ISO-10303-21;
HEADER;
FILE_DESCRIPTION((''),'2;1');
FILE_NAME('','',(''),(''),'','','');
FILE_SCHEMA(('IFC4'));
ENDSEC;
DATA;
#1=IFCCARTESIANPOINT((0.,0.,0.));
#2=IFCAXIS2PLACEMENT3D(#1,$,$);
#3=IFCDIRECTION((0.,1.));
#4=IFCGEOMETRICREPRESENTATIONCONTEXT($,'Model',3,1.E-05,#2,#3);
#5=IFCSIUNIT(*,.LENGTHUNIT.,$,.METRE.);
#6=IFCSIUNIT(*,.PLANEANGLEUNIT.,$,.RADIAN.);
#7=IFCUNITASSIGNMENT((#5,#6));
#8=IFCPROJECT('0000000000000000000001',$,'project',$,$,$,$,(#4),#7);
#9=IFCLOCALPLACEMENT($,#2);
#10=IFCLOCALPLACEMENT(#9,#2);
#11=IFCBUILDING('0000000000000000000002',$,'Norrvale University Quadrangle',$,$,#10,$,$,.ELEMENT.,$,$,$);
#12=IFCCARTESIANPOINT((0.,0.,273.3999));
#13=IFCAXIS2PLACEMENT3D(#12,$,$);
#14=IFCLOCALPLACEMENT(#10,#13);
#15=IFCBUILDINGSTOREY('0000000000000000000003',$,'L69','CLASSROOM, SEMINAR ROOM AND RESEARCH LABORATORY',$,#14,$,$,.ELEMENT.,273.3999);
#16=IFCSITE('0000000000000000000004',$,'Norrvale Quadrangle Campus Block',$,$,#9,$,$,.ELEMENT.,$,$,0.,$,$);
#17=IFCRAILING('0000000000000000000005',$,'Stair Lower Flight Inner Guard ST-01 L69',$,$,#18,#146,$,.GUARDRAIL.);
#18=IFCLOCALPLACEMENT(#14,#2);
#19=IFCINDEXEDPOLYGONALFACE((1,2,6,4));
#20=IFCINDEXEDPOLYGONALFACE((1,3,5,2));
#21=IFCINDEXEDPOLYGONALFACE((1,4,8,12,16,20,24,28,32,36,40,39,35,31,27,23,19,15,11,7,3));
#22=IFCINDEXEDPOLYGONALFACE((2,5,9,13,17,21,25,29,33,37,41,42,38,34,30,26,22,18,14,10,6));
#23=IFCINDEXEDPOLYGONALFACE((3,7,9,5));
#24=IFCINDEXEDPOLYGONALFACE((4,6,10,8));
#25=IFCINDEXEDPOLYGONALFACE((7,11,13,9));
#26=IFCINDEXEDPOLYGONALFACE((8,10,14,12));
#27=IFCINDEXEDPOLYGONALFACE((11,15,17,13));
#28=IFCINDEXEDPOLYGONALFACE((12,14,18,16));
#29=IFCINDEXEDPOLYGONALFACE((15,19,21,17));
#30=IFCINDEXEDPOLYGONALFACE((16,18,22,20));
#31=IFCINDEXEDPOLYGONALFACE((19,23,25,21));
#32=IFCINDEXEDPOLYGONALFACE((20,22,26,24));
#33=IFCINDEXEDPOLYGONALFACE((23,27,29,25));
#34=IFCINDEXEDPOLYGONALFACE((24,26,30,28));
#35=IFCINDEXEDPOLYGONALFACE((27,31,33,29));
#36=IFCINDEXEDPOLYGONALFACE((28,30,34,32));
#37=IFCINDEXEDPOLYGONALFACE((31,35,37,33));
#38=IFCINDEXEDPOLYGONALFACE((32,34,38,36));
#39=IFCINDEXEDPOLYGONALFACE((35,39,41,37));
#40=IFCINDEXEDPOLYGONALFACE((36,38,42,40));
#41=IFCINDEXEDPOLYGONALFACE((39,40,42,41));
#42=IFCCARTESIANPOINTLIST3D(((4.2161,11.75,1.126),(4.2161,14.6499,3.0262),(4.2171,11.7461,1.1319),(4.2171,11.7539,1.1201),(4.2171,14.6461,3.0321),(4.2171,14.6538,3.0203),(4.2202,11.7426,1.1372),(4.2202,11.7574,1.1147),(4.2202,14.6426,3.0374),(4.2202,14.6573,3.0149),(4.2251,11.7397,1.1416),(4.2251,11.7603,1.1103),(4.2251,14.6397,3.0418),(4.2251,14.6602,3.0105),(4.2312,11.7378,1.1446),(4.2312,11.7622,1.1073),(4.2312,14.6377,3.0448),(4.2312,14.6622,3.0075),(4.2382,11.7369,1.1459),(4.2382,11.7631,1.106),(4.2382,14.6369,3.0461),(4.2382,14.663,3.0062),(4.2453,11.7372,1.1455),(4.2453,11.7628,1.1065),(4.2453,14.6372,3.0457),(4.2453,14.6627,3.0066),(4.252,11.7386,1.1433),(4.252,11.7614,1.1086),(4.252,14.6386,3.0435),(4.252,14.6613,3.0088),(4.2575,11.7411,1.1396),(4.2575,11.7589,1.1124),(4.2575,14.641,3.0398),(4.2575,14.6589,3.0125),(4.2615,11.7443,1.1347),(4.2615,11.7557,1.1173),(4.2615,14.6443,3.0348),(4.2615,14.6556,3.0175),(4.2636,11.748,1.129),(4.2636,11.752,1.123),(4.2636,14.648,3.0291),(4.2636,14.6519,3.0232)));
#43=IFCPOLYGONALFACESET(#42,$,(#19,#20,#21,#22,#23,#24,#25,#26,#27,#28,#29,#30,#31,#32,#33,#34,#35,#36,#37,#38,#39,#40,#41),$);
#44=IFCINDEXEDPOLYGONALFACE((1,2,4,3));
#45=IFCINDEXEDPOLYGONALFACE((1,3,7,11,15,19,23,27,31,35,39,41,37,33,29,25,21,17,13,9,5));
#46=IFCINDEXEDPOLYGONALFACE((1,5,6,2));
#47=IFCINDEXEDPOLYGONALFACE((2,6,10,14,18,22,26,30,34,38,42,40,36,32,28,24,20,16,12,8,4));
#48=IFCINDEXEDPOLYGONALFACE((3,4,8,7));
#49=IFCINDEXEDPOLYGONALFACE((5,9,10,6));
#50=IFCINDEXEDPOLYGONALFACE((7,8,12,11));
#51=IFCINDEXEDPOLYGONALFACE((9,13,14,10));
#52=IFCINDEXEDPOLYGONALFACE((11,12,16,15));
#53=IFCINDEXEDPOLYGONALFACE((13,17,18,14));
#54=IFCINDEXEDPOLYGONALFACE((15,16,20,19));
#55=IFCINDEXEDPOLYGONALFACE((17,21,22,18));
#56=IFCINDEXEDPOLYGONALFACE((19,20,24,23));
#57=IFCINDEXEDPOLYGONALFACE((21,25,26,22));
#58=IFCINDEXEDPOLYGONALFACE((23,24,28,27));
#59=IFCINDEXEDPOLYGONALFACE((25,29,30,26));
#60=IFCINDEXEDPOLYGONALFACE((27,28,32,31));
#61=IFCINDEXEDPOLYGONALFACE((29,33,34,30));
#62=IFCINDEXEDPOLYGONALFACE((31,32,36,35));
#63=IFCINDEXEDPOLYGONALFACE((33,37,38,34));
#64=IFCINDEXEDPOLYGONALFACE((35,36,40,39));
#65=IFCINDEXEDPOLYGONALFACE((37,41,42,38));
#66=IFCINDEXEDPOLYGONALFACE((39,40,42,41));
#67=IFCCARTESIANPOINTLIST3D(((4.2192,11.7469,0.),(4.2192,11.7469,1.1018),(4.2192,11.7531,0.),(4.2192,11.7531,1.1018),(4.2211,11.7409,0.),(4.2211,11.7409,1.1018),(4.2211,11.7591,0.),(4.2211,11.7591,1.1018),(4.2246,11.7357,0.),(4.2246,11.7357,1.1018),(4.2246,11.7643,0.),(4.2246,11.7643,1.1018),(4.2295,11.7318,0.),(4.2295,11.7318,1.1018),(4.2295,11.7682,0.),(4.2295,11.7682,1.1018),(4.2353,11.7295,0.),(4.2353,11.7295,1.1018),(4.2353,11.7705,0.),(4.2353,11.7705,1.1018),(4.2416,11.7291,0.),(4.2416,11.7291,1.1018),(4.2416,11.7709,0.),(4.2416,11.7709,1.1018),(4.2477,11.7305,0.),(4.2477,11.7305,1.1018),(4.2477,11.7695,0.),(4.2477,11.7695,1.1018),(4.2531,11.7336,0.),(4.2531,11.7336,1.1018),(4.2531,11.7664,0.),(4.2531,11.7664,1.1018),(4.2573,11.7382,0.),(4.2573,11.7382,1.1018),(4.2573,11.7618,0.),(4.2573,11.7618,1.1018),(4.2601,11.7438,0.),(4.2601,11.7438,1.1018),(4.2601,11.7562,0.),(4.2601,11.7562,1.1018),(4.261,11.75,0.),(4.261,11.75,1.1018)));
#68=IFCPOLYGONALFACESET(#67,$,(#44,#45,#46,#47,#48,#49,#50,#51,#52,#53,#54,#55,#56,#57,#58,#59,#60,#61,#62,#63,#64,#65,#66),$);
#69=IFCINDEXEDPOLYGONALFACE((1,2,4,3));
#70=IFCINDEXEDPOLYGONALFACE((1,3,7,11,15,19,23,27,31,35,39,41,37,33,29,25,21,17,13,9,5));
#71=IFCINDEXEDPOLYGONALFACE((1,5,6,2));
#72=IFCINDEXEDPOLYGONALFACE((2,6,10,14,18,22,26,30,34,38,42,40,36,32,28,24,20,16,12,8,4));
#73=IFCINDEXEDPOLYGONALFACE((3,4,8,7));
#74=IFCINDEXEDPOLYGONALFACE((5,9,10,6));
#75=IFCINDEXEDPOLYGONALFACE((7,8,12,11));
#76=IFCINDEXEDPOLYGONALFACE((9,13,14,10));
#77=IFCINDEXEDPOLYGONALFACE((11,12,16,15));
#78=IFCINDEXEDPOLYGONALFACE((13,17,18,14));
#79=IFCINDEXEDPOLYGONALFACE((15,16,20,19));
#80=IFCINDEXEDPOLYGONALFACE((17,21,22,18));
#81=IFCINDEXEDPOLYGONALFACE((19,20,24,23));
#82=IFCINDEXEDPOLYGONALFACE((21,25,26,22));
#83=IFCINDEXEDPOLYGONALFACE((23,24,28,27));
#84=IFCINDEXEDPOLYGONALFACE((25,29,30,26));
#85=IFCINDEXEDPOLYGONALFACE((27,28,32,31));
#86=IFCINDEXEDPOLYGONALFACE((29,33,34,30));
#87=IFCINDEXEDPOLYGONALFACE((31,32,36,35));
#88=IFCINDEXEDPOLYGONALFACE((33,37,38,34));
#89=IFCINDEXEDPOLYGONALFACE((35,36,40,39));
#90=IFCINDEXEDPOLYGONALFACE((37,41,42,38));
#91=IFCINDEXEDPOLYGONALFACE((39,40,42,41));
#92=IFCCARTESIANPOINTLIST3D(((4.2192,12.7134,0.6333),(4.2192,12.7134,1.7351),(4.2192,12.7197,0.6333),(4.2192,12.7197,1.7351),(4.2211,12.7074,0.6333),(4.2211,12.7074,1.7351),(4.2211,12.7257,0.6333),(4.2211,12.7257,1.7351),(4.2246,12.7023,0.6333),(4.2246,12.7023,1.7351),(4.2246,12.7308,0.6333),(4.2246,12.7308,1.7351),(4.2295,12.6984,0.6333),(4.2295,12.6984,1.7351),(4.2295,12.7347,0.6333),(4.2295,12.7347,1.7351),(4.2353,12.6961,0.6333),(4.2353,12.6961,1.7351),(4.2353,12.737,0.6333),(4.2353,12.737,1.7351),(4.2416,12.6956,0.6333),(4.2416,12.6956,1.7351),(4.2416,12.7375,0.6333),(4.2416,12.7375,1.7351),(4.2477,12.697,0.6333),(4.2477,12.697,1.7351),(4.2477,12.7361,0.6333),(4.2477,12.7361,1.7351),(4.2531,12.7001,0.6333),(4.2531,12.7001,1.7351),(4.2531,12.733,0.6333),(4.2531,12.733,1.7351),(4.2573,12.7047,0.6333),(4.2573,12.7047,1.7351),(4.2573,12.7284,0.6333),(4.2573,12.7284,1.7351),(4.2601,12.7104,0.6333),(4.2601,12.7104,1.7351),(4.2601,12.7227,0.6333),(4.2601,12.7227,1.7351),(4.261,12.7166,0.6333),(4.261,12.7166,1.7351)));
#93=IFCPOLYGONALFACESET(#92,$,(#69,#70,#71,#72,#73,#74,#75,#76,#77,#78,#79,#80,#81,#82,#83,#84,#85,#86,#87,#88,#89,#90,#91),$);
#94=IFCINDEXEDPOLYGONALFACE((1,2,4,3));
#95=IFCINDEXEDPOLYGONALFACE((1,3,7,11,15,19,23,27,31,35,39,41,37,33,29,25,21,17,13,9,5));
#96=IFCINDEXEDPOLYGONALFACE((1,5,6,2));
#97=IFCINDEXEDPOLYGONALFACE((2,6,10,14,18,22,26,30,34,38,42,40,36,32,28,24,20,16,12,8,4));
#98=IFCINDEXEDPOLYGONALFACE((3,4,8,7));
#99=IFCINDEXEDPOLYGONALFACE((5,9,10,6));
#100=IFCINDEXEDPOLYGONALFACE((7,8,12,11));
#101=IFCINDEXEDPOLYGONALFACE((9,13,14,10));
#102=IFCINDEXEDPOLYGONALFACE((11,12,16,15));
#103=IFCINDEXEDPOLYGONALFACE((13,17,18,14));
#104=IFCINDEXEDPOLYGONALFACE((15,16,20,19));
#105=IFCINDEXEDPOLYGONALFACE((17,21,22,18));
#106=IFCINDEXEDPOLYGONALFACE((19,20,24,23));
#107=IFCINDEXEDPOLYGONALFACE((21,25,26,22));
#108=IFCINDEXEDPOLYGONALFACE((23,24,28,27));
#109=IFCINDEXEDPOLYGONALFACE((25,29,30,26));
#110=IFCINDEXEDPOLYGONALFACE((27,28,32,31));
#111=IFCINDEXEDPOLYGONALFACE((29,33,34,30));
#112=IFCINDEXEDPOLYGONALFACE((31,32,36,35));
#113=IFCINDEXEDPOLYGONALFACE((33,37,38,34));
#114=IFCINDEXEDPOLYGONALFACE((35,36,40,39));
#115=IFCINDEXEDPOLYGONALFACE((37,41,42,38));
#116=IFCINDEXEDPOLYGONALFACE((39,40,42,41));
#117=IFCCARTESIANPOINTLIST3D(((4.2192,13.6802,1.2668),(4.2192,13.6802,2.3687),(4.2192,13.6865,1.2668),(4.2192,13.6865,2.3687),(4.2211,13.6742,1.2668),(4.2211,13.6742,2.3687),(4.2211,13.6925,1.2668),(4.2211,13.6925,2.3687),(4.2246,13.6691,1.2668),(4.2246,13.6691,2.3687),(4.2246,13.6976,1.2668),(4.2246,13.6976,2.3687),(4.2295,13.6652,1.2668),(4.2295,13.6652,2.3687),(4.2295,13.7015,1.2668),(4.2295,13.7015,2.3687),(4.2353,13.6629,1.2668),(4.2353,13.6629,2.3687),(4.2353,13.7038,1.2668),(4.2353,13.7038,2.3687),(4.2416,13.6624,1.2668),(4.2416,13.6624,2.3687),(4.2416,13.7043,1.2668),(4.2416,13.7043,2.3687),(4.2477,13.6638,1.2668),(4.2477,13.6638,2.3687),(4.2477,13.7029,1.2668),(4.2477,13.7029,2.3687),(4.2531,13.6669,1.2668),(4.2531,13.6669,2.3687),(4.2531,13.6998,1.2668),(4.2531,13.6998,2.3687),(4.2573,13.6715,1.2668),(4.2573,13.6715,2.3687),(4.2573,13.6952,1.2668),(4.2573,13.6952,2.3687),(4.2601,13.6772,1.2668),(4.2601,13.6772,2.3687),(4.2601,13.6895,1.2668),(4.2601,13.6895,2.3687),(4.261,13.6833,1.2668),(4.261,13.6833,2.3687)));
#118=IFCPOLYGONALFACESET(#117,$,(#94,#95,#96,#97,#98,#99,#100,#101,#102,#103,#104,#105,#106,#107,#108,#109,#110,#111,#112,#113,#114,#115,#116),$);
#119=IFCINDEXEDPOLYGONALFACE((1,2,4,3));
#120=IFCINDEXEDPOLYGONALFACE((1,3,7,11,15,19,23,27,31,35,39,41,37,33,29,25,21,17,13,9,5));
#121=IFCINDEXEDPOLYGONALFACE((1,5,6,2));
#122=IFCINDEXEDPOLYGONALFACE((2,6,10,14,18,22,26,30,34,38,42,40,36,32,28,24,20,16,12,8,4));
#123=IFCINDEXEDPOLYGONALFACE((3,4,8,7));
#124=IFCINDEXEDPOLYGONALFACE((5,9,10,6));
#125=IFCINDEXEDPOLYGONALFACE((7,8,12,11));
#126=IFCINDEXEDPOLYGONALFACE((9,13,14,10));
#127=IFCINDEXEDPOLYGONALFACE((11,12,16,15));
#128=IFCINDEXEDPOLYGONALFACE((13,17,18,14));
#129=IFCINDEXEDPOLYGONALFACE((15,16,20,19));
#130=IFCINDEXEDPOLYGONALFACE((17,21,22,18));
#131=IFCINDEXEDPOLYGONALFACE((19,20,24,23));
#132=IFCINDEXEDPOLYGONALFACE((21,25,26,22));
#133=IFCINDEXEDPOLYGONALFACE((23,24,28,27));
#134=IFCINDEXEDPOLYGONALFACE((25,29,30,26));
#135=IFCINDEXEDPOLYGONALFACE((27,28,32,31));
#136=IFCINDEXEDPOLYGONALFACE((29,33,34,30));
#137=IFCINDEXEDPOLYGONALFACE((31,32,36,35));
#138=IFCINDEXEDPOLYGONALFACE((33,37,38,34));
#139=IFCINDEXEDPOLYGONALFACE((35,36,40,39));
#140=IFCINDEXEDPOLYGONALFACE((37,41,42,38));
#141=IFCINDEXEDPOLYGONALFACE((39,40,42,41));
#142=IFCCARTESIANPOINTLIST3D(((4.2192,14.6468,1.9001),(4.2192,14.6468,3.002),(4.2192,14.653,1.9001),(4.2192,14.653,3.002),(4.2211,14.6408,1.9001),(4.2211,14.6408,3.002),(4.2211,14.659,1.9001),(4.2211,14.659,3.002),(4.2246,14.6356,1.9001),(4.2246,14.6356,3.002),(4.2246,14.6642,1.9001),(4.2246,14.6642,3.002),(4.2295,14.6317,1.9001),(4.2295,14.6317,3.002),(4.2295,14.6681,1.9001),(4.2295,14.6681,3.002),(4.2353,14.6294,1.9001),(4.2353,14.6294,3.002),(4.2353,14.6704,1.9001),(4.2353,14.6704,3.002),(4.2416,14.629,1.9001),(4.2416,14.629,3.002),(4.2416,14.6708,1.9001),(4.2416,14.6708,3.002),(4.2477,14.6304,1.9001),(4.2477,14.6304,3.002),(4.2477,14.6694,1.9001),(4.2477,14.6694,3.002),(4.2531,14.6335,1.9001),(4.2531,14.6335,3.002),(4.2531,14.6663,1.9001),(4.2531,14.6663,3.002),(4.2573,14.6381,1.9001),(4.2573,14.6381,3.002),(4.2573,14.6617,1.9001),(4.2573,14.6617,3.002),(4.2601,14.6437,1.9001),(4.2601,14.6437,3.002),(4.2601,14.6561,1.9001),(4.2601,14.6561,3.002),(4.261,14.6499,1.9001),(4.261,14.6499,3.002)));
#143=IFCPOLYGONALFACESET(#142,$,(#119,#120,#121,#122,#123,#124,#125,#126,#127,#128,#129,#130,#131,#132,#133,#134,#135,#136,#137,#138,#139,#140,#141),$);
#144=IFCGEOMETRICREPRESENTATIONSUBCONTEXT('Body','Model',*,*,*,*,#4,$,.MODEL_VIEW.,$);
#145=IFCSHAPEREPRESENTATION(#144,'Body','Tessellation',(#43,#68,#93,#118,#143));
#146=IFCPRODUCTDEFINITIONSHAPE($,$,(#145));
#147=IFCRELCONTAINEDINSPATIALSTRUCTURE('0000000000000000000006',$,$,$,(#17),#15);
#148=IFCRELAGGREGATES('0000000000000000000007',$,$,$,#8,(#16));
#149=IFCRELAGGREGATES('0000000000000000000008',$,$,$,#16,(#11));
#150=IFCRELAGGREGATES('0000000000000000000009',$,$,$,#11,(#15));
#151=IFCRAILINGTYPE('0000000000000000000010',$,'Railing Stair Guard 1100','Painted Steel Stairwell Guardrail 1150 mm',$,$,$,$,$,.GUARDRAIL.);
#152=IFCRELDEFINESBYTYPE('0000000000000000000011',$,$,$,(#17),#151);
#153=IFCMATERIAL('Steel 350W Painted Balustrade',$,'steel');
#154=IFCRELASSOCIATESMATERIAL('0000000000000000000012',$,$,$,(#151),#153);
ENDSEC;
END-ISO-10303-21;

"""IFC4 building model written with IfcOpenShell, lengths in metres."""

from ifc_helpers import new_model, si_unit, direction, frame, origin, origin_2d, place, context, subcontext, project, spatial, circle, extrude, material, type_object, element, save


model = new_model("IFC4")

# Units and contexts
model_context = context("Model", 3, precision=1e-05, world=origin(), true_north=direction((0.0, 1.0)))
body_context = subcontext(model_context, "Body", "Model", "MODEL_VIEW")
ifc_project = project(units=[si_unit("LENGTHUNIT", "METRE"), si_unit("PLANEANGLEUNIT", "RADIAN")], contexts=[model_context])

# Site, building, storey
site_placement = place(None, origin())
site = spatial("IfcSite", under=ifc_project, at=site_placement, Name="Norrvale Quadrangle Campus Block", CompositionType="ELEMENT", RefElevation=0.0)
building_placement = place(site_placement, origin())
building = spatial("IfcBuilding", under=site, at=building_placement, Name="Norrvale University Quadrangle", CompositionType="ELEMENT")
storey_placement = place(building_placement, frame((0.0, 0.0, 273.3999)))
storey = spatial("IfcBuildingStorey", under=building, at=storey_placement, Name="L69", Description="CLASSROOM, SEMINAR ROOM AND RESEARCH LABORATORY", CompositionType="ELEMENT", Elevation=273.3999)

# Railing
ifc_material_1 = material(Name="Steel 350W Painted Balustrade", Category="steel")
railing_type_1 = type_object("IfcRailingType", Name="Railing Stair Guard 1100", Description="Painted Steel Stairwell Guardrail 1150 mm", PredefinedType="GUARDRAIL", material=ifc_material_1)
railing_1_placement = place(storey_placement, frame((4.24, 11.75, 0.0)))
element("IfcRailing", 1, at=railing_1_placement, inside=storey, type_object=railing_type_1, Name="Stair Lower Flight Inner Guard ST-01 L69", PredefinedType="GUARDRAIL", context=body_context, shape_type="SweptSolid", body=[
    extrude(circle(Radius=0.0239, at=origin_2d()), frame((0.0, 0.0, 1.126), z_axis=(0.0, 0.836433, 0.548069), x_axis=(-1.0, 0.0, 0.0)), (0.0, 0.0, 1.0), 3.467),
    extrude(circle(Radius=0.021, at=origin_2d()), origin(), (0.0, 0.0, 1.0), 1.1018),
    extrude(circle(Radius=0.021, at=origin_2d()), frame((0.0, 0.9666, 0.6333)), (0.0, 0.0, 1.0), 1.1018),
    extrude(circle(Radius=0.021, at=origin_2d()), frame((0.0, 1.9333, 1.2668)), (0.0, 0.0, 1.0), 1.1018),
    extrude(circle(Radius=0.021, at=origin_2d()), frame((0.0, 2.8999, 1.9001)), (0.0, 0.0, 1.0), 1.1018),
])

save(model, "model.ifc")
